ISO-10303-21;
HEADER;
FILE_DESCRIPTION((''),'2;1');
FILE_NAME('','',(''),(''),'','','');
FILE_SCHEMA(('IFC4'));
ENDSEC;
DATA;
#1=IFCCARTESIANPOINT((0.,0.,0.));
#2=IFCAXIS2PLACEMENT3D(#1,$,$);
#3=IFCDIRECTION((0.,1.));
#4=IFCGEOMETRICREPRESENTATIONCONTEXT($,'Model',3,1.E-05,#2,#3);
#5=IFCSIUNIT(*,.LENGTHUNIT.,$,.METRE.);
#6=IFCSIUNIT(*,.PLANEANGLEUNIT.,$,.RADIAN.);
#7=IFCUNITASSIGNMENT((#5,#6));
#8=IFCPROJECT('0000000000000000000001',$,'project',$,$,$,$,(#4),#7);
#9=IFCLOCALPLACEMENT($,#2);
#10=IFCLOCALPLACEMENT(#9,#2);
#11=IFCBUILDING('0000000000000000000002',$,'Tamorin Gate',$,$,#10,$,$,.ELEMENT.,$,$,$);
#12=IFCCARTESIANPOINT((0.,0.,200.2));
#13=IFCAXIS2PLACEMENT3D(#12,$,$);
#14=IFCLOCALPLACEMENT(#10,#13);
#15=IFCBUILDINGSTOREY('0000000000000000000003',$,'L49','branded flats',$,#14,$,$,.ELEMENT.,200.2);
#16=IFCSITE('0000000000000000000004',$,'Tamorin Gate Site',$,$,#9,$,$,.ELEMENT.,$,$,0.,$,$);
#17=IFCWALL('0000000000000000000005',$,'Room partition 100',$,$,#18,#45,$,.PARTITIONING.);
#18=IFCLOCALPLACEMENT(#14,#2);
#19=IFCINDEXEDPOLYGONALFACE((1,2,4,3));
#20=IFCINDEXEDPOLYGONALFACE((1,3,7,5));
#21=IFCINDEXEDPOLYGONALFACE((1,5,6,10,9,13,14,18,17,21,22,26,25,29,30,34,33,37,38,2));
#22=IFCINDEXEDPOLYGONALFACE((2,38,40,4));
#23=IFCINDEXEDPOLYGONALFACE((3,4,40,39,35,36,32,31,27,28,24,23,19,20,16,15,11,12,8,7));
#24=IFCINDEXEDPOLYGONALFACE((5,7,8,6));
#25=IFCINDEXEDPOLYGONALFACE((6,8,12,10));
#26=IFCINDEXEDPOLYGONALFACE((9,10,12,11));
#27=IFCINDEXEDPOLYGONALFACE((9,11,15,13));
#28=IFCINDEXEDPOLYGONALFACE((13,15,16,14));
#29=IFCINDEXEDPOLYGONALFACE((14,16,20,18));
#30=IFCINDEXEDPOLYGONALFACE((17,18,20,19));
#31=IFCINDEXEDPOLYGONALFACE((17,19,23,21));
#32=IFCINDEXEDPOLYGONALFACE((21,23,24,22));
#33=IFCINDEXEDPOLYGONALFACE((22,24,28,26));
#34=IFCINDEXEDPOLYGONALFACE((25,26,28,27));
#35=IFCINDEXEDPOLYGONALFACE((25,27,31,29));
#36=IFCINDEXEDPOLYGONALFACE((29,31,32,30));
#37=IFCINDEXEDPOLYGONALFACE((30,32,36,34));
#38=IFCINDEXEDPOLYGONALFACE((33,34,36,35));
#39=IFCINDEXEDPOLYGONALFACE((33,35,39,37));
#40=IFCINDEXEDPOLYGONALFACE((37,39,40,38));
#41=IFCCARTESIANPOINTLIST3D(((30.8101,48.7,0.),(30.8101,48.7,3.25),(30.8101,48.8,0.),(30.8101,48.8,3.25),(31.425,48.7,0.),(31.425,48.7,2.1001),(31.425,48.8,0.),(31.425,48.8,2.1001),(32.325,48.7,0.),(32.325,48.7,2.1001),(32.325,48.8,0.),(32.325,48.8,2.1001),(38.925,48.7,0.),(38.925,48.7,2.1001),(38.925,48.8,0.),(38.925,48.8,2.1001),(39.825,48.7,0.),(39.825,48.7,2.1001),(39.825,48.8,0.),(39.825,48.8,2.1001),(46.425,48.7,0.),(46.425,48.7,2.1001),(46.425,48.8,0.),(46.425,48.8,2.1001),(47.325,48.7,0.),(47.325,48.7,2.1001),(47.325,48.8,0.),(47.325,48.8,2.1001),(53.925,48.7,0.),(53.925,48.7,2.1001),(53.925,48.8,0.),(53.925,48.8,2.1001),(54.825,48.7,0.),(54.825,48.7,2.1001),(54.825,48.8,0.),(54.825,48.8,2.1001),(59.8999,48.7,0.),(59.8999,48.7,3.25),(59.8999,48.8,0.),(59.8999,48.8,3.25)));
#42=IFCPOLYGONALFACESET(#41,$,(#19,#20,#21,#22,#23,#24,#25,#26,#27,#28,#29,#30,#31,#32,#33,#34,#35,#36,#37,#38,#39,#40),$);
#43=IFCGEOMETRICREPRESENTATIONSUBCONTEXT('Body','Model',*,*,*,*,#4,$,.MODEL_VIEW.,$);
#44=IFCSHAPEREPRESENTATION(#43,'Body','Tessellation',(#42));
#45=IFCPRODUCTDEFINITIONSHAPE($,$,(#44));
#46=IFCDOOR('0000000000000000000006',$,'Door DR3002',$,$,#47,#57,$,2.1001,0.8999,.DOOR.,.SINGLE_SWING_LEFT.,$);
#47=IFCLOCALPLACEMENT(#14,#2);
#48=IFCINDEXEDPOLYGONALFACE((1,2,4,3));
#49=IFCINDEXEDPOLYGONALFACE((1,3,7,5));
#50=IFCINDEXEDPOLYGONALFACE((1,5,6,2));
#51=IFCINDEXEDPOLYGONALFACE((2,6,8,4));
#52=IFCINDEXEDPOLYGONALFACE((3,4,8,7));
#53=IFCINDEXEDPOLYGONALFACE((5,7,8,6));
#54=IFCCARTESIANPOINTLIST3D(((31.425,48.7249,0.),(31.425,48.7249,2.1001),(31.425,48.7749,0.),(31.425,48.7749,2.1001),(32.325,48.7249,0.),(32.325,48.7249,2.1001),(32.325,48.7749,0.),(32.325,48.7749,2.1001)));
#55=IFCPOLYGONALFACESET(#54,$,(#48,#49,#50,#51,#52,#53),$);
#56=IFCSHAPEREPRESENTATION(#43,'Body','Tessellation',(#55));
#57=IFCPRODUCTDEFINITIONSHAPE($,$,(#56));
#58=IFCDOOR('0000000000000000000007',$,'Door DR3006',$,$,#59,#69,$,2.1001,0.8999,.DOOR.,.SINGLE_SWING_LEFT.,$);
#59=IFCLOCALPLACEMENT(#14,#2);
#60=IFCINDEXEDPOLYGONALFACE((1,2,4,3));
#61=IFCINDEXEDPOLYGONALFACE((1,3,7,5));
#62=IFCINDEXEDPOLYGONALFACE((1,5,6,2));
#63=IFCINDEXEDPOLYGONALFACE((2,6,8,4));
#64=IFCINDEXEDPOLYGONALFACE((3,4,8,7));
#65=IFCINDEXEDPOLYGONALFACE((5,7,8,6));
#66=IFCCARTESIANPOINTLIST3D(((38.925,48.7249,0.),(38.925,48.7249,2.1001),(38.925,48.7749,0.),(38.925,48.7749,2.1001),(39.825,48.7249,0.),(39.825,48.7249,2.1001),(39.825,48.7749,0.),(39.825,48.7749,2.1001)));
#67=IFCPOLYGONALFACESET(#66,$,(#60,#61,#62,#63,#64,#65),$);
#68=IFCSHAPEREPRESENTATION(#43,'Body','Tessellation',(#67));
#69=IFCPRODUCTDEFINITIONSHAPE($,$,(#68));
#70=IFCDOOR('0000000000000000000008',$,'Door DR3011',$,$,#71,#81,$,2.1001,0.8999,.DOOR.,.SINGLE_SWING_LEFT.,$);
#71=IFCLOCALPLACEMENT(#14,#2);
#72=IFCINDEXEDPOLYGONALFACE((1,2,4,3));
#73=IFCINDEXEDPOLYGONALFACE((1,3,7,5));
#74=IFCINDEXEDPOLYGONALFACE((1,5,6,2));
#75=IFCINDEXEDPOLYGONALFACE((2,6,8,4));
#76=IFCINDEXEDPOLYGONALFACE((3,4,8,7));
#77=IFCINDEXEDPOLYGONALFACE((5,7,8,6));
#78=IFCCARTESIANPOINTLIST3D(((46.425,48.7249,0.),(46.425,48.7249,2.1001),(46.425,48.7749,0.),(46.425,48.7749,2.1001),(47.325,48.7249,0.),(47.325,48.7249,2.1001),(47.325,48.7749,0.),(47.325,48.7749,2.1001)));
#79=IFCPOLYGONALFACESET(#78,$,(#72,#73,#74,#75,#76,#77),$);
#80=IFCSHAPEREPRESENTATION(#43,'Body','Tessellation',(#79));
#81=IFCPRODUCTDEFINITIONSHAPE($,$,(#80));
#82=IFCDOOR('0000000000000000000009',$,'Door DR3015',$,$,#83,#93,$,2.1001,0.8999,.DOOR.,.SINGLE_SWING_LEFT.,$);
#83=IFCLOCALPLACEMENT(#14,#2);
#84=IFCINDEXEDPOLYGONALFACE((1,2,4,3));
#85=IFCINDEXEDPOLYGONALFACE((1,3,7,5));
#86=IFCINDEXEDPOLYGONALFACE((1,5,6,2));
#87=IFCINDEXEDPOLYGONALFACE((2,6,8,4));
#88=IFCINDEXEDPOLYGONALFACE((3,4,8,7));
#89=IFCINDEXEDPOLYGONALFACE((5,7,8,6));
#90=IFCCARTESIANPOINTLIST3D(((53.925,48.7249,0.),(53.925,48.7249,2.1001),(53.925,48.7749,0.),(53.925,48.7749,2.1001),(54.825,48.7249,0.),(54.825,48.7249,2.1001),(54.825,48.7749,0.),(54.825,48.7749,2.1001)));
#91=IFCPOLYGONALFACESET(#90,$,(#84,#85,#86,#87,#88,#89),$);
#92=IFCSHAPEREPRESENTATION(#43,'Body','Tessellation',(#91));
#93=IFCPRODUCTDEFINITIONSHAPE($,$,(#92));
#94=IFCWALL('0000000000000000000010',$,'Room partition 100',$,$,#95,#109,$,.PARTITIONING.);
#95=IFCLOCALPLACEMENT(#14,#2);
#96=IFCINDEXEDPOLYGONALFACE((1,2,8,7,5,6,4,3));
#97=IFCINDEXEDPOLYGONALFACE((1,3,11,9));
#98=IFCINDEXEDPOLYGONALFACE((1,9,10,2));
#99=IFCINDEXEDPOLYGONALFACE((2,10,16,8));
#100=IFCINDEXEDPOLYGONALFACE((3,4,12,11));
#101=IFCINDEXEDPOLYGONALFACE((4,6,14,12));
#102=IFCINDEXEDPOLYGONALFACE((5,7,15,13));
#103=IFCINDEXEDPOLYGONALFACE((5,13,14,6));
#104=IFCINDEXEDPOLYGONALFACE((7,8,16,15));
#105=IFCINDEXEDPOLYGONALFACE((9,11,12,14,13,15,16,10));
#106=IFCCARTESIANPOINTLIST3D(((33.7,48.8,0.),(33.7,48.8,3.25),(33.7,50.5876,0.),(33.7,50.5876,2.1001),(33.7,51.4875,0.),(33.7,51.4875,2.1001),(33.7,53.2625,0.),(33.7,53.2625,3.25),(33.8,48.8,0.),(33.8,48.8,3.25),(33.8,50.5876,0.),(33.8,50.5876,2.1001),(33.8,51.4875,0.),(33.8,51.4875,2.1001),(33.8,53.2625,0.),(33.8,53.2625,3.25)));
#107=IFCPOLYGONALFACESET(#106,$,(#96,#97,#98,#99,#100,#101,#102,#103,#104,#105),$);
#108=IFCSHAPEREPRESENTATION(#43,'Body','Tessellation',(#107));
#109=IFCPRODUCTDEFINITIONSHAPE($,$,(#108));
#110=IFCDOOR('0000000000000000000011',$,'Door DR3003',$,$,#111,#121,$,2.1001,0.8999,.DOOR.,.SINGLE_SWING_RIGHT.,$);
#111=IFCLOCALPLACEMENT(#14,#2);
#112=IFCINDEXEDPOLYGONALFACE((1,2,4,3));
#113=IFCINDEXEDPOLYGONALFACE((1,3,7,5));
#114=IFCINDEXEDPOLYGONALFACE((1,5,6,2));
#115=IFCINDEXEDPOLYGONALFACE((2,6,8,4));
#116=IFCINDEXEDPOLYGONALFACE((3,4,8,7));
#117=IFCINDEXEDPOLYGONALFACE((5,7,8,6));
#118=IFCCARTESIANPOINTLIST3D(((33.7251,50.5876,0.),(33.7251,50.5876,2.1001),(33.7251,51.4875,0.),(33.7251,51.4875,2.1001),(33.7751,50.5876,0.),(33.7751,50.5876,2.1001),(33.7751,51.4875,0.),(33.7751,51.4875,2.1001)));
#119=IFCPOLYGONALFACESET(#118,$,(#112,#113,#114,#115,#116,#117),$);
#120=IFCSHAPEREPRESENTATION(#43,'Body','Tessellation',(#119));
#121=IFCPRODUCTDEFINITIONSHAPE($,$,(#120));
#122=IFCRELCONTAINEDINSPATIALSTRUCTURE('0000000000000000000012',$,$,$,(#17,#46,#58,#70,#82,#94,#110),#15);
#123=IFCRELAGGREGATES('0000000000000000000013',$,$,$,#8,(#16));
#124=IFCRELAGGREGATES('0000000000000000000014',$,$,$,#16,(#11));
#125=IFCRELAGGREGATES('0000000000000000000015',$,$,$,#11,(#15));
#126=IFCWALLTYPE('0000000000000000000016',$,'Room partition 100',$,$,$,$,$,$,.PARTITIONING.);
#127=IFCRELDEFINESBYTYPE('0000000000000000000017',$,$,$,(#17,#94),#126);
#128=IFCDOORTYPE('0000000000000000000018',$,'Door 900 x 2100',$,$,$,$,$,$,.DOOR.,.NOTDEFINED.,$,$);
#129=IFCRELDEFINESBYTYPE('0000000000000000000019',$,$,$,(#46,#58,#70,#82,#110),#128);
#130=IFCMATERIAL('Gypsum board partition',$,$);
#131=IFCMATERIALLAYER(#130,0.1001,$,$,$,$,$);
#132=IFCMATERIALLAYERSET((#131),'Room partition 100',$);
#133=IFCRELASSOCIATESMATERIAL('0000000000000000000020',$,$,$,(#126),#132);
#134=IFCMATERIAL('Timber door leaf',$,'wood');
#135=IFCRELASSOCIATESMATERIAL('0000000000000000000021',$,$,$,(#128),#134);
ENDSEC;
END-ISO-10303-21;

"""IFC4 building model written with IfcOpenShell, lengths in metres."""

from ifc_helpers import new_model, si_unit, direction, frame, frame_2d, origin, place, context, subcontext, project, spatial, rectangle, extrude, material, layer, layer_set, type_object, element, fill, save


model = new_model("IFC4")

# Units and contexts
model_context = context("Model", 3, precision=1e-05, world=origin(), true_north=direction((0.0, 1.0)))
body_context = subcontext(model_context, "Body", "Model", "MODEL_VIEW")
ifc_project = project(units=[si_unit("LENGTHUNIT", "METRE"), si_unit("PLANEANGLEUNIT", "RADIAN")], contexts=[model_context])

# Site, building, storey
site_placement = place(None, origin())
site = spatial("IfcSite", under=ifc_project, at=site_placement, Name="Tamorin Gate Site", CompositionType="ELEMENT", RefElevation=0.0)
building_placement = place(site_placement, origin())
building = spatial("IfcBuilding", under=site, at=building_placement, Name="Tamorin Gate", CompositionType="ELEMENT")
storey_placement = place(building_placement, frame((0.0, 0.0, 200.2)))
storey = spatial("IfcBuildingStorey", under=building, at=storey_placement, Name="L49", Description="branded flats", CompositionType="ELEMENT", Elevation=200.2)

# Wall, openings, doors
ifc_material_1 = material(Name="Gypsum board partition")
ifc_layer_1 = layer(ifc_material_1, 0.1001)
ifc_layer_set_1 = layer_set([ifc_layer_1], Name="Room partition 100")
wall_type_1 = type_object("IfcWallType", Name="Room partition 100", PredefinedType="PARTITIONING", material=ifc_layer_set_1)
wall_1_placement = place(storey_placement, frame((30.8101, 48.75, 0.0), z_axis=(0.0, 0.0, 1.0), x_axis=(1.0, 0.0, 0.0)))
wall_1 = element("IfcWall", 1, at=wall_1_placement, inside=storey, type_object=wall_type_1, Name="Room partition 100", PredefinedType="PARTITIONING", context=body_context, shape_type="SweptSolid", body=[
    extrude(rectangle(XDim=29.0898, YDim=0.1001, at=frame_2d((14.5449, 0.0))), origin(), (0.0, 0.0, 1.0), 3.25),
])
opening_1_placement = place(wall_1_placement, frame((0.615, 0.0, 0.0)))
opening_1 = element("IfcOpeningElement", 2, at=opening_1_placement, cuts=wall_1, PredefinedType="OPENING", context=body_context, shape_type="SweptSolid", body=[
    extrude(rectangle(XDim=0.8999, YDim=2.1001, at=frame_2d((0.45, 1.05))), frame((0.0, 0.0601, 0.0), z_axis=(0.0, -1.0, 0.0), x_axis=(1.0, 0.0, 0.0)), (0.0, 0.0, 1.0), 0.1201),
])
opening_2_placement = place(wall_1_placement, frame((8.115, 0.0, 0.0)))
opening_2 = element("IfcOpeningElement", 3, at=opening_2_placement, cuts=wall_1, PredefinedType="OPENING", context=body_context, shape_type="SweptSolid", body=[
    extrude(rectangle(XDim=0.8999, YDim=2.1001, at=frame_2d((0.45, 1.05))), frame((0.0, 0.0601, 0.0), z_axis=(0.0, -1.0, 0.0), x_axis=(1.0, 0.0, 0.0)), (0.0, 0.0, 1.0), 0.1201),
])
opening_3_placement = place(wall_1_placement, frame((15.615, 0.0, 0.0)))
opening_3 = element("IfcOpeningElement", 4, at=opening_3_placement, cuts=wall_1, PredefinedType="OPENING", context=body_context, shape_type="SweptSolid", body=[
    extrude(rectangle(XDim=0.8999, YDim=2.1001, at=frame_2d((0.45, 1.05))), frame((0.0, 0.0601, 0.0), z_axis=(0.0, -1.0, 0.0), x_axis=(1.0, 0.0, 0.0)), (0.0, 0.0, 1.0), 0.1201),
])
opening_4_placement = place(wall_1_placement, frame((23.115, 0.0, 0.0)))
opening_4 = element("IfcOpeningElement", 5, at=opening_4_placement, cuts=wall_1, PredefinedType="OPENING", context=body_context, shape_type="SweptSolid", body=[
    extrude(rectangle(XDim=0.8999, YDim=2.1001, at=frame_2d((0.45, 1.05))), frame((0.0, 0.0601, 0.0), z_axis=(0.0, -1.0, 0.0), x_axis=(1.0, 0.0, 0.0)), (0.0, 0.0, 1.0), 0.1201),
])
ifc_material_2 = material(Name="Timber door leaf", Category="wood")
door_type = type_object("IfcDoorType", Name="Door 900 x 2100", OperationType="NOTDEFINED", PredefinedType="DOOR", material=ifc_material_2)
door_1_placement = place(opening_1_placement, origin())
door_1 = element("IfcDoor", 6, at=door_1_placement, inside=storey, type_object=door_type, Name="Door DR3002", OperationType="SINGLE_SWING_LEFT", OverallHeight=2.1001, OverallWidth=0.8999, PredefinedType="DOOR", context=body_context, shape_type="SweptSolid", body=[
    extrude(rectangle(XDim=0.8999, YDim=2.1001, at=frame_2d((0.45, 1.05))), frame((0.0, 0.0249, 0.0), z_axis=(0.0, -1.0, 0.0), x_axis=(1.0, 0.0, 0.0)), (0.0, 0.0, 1.0), 0.05),
])
fill(opening_1, door_1)
door_2_placement = place(opening_2_placement, origin())
door_2 = element("IfcDoor", 7, at=door_2_placement, inside=storey, type_object=door_type, Name="Door DR3006", OperationType="SINGLE_SWING_LEFT", OverallHeight=2.1001, OverallWidth=0.8999, PredefinedType="DOOR", context=body_context, shape_type="SweptSolid", body=[
    extrude(rectangle(XDim=0.8999, YDim=2.1001, at=frame_2d((0.45, 1.05))), frame((0.0, 0.0249, 0.0), z_axis=(0.0, -1.0, 0.0), x_axis=(1.0, 0.0, 0.0)), (0.0, 0.0, 1.0), 0.05),
])
fill(opening_2, door_2)
door_3_placement = place(opening_3_placement, origin())
door_3 = element("IfcDoor", 8, at=door_3_placement, inside=storey, type_object=door_type, Name="Door DR3011", OperationType="SINGLE_SWING_LEFT", OverallHeight=2.1001, OverallWidth=0.8999, PredefinedType="DOOR", context=body_context, shape_type="SweptSolid", body=[
    extrude(rectangle(XDim=0.8999, YDim=2.1001, at=frame_2d((0.45, 1.05))), frame((0.0, 0.0249, 0.0), z_axis=(0.0, -1.0, 0.0), x_axis=(1.0, 0.0, 0.0)), (0.0, 0.0, 1.0), 0.05),
])
fill(opening_3, door_3)
door_4_placement = place(opening_4_placement, origin())
door_4 = element("IfcDoor", 9, at=door_4_placement, inside=storey, type_object=door_type, Name="Door DR3015", OperationType="SINGLE_SWING_LEFT", OverallHeight=2.1001, OverallWidth=0.8999, PredefinedType="DOOR", context=body_context, shape_type="SweptSolid", body=[
    extrude(rectangle(XDim=0.8999, YDim=2.1001, at=frame_2d((0.45, 1.05))), frame((0.0, 0.0249, 0.0), z_axis=(0.0, -1.0, 0.0), x_axis=(1.0, 0.0, 0.0)), (0.0, 0.0, 1.0), 0.05),
])
fill(opening_4, door_4)

# Wall, opening, door
wall_2_placement = place(storey_placement, frame((33.75, 48.8, 0.0), z_axis=(0.0, 0.0, 1.0), x_axis=(0.0, 1.0, 0.0)))
wall_2 = element("IfcWall", 10, at=wall_2_placement, inside=storey, type_object=wall_type_1, Name="Room partition 100", PredefinedType="PARTITIONING", context=body_context, shape_type="SweptSolid", body=[
    extrude(rectangle(XDim=4.4624, YDim=0.1001, at=frame_2d((2.2312, 0.0))), origin(), (0.0, 0.0, 1.0), 3.25),
])
opening_5_placement = place(wall_2_placement, frame((1.7876, 0.0, 0.0)))
opening_5 = element("IfcOpeningElement", 11, at=opening_5_placement, cuts=wall_2, PredefinedType="OPENING", context=body_context, shape_type="SweptSolid", body=[
    extrude(rectangle(XDim=0.8999, YDim=2.1001, at=frame_2d((0.45, 1.05))), frame((0.0, 0.0601, 0.0), z_axis=(0.0, -1.0, 0.0), x_axis=(1.0, 0.0, 0.0)), (0.0, 0.0, 1.0), 0.1201),
])
door_5_placement = place(opening_5_placement, origin())
door_5 = element("IfcDoor", 12, at=door_5_placement, inside=storey, type_object=door_type, Name="Door DR3003", OperationType="SINGLE_SWING_RIGHT", OverallHeight=2.1001, OverallWidth=0.8999, PredefinedType="DOOR", context=body_context, shape_type="SweptSolid", body=[
    extrude(rectangle(XDim=0.8999, YDim=2.1001, at=frame_2d((0.45, 1.05))), frame((0.0, 0.0249, 0.0), z_axis=(0.0, -1.0, 0.0), x_axis=(1.0, 0.0, 0.0)), (0.0, 0.0, 1.0), 0.05),
])
fill(opening_5, door_5)

save(model, "model.ifc")
